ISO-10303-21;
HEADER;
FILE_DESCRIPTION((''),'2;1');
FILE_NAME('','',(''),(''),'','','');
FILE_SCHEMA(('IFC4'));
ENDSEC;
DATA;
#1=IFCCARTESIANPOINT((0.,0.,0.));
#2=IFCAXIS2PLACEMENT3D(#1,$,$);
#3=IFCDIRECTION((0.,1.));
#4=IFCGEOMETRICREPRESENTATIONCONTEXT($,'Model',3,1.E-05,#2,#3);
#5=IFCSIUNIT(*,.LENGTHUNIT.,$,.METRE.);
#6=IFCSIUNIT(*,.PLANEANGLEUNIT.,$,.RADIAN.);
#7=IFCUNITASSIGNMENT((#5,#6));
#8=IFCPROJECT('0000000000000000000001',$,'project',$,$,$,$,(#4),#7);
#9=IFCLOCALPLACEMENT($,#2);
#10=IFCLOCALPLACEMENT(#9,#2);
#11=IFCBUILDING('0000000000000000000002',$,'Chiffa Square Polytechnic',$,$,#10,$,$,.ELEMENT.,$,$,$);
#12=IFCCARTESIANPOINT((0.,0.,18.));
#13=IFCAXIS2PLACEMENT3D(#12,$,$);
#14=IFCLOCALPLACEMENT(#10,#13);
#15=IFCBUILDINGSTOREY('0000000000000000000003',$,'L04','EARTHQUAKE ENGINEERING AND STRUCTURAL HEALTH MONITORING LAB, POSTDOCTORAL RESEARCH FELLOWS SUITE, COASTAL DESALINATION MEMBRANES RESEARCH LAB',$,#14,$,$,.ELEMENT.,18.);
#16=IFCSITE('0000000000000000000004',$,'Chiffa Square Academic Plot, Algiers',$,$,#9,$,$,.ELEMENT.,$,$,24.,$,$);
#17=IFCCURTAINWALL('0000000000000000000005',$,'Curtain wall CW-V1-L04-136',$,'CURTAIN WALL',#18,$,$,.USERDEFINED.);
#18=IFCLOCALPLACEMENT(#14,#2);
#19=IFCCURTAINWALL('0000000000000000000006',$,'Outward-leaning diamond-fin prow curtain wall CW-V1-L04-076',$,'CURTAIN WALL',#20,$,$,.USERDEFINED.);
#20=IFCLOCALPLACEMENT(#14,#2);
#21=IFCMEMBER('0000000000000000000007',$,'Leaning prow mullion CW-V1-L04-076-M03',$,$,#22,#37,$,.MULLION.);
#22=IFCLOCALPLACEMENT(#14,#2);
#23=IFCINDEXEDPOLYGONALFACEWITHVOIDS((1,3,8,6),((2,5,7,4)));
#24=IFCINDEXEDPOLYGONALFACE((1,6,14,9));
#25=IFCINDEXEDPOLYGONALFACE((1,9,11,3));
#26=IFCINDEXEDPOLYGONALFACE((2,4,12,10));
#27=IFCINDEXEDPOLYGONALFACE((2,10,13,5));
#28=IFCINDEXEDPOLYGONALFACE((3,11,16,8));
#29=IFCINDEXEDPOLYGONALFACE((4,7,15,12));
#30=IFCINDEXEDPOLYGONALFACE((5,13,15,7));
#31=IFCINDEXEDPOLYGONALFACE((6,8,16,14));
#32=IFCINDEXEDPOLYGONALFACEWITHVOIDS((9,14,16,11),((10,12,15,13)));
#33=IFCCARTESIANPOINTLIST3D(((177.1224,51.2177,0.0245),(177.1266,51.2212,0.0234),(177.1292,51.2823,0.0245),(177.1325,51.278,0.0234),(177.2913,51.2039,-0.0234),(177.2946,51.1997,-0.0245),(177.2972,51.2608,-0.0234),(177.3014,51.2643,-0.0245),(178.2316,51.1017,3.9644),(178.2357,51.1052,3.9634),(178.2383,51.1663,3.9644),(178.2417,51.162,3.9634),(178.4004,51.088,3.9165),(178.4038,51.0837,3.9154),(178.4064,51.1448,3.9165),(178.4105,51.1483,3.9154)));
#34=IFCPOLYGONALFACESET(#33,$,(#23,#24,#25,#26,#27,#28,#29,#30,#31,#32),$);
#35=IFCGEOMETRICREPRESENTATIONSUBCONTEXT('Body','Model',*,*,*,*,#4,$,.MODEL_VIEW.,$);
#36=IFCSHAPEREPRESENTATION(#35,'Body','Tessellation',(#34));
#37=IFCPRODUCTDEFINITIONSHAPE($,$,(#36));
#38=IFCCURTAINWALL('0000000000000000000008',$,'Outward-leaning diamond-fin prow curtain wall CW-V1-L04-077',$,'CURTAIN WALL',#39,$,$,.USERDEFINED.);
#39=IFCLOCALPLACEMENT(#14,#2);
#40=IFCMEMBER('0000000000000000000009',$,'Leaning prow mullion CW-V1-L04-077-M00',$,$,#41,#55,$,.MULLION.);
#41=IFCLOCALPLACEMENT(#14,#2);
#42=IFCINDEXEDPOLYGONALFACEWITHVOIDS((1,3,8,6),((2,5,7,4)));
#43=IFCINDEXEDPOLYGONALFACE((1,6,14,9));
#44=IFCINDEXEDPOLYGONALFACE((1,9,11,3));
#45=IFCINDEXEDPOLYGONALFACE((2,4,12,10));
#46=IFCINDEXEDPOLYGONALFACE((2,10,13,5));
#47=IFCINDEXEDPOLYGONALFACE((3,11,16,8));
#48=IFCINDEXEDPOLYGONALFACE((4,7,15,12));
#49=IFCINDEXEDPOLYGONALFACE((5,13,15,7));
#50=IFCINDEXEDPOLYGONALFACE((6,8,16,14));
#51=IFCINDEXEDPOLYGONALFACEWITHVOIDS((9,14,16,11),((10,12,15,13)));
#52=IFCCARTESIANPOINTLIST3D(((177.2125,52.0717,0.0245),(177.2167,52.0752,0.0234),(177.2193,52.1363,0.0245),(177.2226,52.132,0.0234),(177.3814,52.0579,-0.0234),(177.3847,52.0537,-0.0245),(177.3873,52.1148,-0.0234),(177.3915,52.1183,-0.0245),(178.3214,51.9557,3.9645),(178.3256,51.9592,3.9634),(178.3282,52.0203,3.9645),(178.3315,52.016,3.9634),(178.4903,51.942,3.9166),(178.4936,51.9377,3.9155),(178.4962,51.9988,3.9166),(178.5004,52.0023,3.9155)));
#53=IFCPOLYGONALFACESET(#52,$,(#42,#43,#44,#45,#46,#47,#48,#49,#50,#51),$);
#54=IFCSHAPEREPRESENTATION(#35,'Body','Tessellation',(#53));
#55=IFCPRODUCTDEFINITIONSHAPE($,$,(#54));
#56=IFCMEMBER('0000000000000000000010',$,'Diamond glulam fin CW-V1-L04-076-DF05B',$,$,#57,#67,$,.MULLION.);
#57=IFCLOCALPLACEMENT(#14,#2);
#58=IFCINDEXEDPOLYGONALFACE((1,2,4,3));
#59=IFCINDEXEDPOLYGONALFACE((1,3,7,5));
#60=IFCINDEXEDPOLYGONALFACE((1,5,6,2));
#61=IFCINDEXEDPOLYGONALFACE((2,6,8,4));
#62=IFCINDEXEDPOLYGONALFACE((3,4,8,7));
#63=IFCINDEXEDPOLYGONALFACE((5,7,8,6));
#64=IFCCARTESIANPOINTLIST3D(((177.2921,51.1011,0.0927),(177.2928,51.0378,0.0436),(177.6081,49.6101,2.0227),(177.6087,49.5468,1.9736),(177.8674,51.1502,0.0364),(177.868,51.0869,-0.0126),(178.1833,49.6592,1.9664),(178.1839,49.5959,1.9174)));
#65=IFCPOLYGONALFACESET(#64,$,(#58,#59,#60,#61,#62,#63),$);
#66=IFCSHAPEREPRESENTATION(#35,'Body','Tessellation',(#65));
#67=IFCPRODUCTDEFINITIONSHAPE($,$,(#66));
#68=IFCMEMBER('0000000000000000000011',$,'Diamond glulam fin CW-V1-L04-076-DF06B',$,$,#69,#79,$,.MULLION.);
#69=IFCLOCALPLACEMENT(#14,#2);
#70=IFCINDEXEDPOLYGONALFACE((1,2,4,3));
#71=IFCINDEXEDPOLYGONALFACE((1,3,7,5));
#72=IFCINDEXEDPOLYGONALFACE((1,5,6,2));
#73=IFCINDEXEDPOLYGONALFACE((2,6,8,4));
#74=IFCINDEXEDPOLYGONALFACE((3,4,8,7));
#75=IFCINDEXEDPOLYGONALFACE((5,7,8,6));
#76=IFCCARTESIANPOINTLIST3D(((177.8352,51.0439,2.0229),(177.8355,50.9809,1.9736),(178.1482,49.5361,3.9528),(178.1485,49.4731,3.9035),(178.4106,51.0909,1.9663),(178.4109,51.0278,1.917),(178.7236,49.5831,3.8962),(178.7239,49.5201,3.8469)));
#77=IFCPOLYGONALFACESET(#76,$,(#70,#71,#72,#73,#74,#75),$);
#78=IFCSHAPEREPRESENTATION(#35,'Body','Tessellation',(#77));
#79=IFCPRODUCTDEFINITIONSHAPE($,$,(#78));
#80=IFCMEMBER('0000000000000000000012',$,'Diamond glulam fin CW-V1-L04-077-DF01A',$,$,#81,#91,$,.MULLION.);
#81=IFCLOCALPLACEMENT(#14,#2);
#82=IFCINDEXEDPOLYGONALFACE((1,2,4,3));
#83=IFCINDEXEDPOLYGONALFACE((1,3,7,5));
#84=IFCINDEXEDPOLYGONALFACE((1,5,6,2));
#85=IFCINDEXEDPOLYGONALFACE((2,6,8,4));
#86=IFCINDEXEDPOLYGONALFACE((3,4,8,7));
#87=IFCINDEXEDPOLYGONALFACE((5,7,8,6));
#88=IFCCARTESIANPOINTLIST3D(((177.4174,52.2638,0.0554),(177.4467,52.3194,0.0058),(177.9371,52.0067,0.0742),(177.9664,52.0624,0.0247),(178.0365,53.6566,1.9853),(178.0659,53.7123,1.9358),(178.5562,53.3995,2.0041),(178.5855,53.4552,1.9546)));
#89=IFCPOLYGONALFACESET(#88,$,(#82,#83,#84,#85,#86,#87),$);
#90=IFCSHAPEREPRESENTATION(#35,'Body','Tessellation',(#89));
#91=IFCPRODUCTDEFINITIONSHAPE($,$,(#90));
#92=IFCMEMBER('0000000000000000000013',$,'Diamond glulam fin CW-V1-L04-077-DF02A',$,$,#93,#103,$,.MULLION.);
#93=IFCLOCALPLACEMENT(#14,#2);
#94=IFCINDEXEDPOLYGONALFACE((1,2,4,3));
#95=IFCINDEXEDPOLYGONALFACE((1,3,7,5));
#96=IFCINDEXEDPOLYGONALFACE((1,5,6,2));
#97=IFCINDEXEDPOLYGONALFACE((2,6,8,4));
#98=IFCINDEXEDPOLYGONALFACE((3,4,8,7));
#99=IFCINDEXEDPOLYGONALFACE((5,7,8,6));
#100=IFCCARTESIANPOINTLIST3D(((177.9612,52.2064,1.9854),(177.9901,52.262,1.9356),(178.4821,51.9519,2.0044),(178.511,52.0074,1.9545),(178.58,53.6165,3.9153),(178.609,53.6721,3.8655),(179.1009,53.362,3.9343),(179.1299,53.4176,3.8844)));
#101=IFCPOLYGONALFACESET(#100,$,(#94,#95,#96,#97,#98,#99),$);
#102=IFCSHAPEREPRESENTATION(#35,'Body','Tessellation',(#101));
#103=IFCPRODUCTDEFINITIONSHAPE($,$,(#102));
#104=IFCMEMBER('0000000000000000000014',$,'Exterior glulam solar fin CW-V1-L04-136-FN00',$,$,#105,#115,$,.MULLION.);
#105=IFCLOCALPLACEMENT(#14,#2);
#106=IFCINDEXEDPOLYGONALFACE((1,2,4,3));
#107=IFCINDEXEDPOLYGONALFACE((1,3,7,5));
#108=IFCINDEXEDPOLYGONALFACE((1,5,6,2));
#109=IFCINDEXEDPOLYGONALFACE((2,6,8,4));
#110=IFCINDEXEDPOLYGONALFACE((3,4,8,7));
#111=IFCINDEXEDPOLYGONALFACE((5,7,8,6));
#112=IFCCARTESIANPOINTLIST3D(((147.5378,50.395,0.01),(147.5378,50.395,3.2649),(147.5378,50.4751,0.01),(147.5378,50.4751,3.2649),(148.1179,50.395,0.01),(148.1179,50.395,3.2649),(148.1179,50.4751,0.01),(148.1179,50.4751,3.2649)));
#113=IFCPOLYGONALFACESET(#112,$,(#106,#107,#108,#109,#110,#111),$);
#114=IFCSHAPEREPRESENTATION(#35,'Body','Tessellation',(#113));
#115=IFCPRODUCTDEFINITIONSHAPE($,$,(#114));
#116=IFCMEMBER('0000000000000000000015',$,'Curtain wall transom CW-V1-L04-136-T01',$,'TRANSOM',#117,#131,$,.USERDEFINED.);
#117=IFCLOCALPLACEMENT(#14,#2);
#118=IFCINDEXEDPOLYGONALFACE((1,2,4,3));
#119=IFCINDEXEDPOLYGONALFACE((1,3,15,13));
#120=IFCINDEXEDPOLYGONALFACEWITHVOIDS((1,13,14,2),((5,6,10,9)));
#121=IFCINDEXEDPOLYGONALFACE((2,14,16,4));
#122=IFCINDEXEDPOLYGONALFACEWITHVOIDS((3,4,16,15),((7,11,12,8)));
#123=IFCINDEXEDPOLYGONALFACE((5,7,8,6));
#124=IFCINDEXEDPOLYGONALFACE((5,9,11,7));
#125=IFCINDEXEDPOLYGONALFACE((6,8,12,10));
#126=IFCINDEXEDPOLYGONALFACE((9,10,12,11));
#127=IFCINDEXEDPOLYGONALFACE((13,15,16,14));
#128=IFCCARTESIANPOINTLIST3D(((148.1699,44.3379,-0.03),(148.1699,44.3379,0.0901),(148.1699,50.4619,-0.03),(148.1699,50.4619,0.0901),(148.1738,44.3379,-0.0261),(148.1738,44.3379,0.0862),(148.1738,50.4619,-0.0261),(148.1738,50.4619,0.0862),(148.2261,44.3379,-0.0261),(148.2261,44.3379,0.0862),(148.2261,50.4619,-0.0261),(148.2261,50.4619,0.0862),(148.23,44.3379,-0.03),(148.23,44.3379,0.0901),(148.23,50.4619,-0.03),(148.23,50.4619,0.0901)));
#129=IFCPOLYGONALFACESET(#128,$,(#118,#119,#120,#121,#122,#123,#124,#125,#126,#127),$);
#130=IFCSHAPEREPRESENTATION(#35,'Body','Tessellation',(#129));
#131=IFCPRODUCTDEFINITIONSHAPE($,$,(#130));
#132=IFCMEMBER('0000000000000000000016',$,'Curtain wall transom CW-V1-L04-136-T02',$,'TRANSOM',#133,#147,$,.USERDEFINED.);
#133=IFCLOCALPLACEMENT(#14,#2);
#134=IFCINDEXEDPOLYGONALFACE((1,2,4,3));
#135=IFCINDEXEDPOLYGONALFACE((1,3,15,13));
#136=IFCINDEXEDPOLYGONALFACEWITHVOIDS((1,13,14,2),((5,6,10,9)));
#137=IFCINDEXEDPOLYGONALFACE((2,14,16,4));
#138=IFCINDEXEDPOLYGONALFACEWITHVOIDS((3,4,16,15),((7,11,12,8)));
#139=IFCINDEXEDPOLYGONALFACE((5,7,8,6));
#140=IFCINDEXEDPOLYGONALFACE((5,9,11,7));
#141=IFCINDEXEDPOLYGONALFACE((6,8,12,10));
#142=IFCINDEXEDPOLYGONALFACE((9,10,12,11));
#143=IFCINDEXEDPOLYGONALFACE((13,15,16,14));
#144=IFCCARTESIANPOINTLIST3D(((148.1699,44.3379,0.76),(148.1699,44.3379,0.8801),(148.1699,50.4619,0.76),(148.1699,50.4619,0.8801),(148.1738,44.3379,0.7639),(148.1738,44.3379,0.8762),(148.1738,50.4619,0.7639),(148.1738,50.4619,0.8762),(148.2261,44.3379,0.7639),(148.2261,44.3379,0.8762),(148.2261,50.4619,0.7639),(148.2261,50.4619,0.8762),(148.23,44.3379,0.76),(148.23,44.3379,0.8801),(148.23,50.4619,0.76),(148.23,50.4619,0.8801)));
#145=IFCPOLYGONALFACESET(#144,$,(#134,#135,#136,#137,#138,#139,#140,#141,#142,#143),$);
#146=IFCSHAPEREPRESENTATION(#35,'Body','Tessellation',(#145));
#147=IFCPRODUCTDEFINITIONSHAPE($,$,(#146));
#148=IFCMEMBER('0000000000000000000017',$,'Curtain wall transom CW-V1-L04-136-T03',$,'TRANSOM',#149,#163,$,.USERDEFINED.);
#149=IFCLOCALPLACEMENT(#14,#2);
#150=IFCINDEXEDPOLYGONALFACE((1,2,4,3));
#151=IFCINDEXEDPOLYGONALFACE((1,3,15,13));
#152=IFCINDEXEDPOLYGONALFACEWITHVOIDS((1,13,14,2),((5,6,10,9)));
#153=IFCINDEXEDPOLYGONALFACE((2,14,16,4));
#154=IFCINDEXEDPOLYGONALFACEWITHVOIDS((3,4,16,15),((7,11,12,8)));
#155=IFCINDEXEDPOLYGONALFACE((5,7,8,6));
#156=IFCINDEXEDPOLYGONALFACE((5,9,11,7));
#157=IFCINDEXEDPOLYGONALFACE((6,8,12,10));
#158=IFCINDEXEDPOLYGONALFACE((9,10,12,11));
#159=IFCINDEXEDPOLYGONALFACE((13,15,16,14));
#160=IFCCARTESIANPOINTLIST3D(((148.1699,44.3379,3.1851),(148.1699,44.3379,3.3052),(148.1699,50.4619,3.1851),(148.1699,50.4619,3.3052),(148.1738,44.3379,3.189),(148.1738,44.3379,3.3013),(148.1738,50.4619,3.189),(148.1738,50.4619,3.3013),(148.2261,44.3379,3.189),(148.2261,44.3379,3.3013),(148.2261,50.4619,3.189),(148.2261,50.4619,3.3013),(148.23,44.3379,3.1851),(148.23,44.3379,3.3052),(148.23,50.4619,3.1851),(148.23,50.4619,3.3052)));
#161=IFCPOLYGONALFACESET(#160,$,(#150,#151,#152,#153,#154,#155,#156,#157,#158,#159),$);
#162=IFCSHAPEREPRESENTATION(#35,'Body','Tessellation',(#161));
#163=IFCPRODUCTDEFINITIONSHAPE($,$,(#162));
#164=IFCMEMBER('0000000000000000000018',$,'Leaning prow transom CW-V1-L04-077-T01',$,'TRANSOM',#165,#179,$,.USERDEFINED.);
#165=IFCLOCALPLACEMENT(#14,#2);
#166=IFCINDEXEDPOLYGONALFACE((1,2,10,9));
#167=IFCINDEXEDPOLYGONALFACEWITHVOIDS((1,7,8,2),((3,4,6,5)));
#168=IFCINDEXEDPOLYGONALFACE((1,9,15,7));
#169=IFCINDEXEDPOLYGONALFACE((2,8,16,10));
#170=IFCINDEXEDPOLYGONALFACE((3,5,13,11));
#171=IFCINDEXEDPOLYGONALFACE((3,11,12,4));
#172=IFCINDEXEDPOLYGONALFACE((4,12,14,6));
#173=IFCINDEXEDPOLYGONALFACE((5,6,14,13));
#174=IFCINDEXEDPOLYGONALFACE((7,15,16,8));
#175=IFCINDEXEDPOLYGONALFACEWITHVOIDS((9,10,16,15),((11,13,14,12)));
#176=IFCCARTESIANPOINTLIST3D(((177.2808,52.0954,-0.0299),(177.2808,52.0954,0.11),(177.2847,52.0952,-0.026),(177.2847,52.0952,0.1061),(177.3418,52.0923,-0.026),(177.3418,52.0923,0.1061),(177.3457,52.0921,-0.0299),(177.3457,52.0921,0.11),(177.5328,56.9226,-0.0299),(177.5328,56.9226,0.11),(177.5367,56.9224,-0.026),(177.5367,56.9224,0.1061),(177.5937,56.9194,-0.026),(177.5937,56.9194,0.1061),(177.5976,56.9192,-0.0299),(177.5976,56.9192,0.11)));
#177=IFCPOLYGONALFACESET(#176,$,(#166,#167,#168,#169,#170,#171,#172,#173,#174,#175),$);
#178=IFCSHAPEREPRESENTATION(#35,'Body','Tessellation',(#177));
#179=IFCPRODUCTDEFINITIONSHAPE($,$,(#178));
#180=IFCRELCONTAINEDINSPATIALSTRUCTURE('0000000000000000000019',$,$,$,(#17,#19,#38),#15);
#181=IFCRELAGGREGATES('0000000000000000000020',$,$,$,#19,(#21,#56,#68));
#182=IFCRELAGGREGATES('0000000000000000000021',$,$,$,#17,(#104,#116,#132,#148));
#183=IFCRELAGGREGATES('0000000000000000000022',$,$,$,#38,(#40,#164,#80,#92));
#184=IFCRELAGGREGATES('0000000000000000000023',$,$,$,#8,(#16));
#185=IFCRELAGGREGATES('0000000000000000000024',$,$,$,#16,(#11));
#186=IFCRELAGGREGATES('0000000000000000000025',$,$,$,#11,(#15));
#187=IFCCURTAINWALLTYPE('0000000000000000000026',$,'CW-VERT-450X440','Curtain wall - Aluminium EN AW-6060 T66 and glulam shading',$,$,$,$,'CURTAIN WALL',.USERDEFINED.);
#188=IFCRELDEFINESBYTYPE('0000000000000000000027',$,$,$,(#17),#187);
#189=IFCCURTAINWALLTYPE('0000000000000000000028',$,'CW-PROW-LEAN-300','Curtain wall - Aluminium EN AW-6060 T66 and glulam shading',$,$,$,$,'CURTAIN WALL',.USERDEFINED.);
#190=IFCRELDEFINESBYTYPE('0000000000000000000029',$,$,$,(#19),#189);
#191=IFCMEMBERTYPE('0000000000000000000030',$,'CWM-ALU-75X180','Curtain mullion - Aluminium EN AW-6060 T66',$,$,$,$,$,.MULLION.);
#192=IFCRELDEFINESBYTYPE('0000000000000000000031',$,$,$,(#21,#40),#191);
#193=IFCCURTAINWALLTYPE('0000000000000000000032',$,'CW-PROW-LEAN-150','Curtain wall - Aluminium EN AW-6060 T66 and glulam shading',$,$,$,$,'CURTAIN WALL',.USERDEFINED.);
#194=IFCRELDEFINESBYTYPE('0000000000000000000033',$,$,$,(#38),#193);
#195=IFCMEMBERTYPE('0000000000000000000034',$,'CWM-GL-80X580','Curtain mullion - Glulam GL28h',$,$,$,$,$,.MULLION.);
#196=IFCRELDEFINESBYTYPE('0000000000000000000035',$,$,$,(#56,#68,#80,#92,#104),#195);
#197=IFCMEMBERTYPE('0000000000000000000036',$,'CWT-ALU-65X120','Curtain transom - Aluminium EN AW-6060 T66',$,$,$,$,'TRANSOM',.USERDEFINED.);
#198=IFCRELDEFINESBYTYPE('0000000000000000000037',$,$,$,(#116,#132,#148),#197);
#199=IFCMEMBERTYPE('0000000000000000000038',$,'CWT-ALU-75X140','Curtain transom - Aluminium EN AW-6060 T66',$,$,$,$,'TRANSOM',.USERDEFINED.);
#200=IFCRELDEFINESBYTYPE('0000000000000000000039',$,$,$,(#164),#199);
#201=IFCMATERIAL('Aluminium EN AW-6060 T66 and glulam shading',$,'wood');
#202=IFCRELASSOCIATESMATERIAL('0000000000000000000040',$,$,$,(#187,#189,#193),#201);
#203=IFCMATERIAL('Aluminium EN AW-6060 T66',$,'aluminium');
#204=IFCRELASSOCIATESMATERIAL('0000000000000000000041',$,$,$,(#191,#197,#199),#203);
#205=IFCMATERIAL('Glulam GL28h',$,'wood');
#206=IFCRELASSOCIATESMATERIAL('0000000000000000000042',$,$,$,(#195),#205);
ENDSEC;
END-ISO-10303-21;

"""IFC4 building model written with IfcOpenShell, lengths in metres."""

from ifc_helpers import new_model, si_unit, direction, frame, origin, origin_2d, place, context, subcontext, project, spatial, rectangle, hollow_rectangle, extrude, material, material_profile, profile_set, type_object, element, aggregate, save


model = new_model("IFC4")

# Units and contexts
model_context = context("Model", 3, precision=1e-05, world=origin(), true_north=direction((0.0, 1.0)))
body_context = subcontext(model_context, "Body", "Model", "MODEL_VIEW")
ifc_project = project(units=[si_unit("LENGTHUNIT", "METRE"), si_unit("PLANEANGLEUNIT", "RADIAN")], contexts=[model_context])

# Site, building, storey
site_placement = place(None, origin())
site = spatial("IfcSite", under=ifc_project, at=site_placement, Name="Chiffa Square Academic Plot, Algiers", CompositionType="ELEMENT", RefElevation=24.0)
building_placement = place(site_placement, origin())
building = spatial("IfcBuilding", under=site, at=building_placement, Name="Chiffa Square Polytechnic", CompositionType="ELEMENT")
storey_placement = place(building_placement, frame((0.0, 0.0, 18.0)))
storey = spatial("IfcBuildingStorey", under=building, at=storey_placement, Name="L04", Description="EARTHQUAKE ENGINEERING AND STRUCTURAL HEALTH MONITORING LAB, POSTDOCTORAL RESEARCH FELLOWS SUITE, COASTAL DESALINATION MEMBRANES RESEARCH LAB", CompositionType="ELEMENT", Elevation=18.0)

# Curtain walls, members
ifc_material_1 = material(Name="Aluminium EN AW-6060 T66 and glulam shading", Category="wood")
curtain_wall_type_1 = type_object("IfcCurtainWallType", Name="CW-VERT-450X440", Description="Curtain wall - Aluminium EN AW-6060 T66 and glulam shading", ElementType="CURTAIN WALL", PredefinedType="USERDEFINED", material=ifc_material_1)
curtain_wall_1_placement = place(storey_placement, origin())
curtain_wall_1 = element("IfcCurtainWall", 1, at=curtain_wall_1_placement, inside=storey, type_object=curtain_wall_type_1, Name="Curtain wall CW-V1-L04-136", ObjectType="CURTAIN WALL", PredefinedType="USERDEFINED")
ifc_material_2 = material(Name="Aluminium EN AW-6060 T66", Category="aluminium")
curtain_wall_type_2 = type_object("IfcCurtainWallType", Name="CW-PROW-LEAN-300", Description="Curtain wall - Aluminium EN AW-6060 T66 and glulam shading", ElementType="CURTAIN WALL", PredefinedType="USERDEFINED", material=ifc_material_1)
curtain_wall_2_placement = place(storey_placement, origin())
curtain_wall_2 = element("IfcCurtainWall", 2, at=curtain_wall_2_placement, inside=storey, type_object=curtain_wall_type_2, Name="Outward-leaning diamond-fin prow curtain wall CW-V1-L04-076", ObjectType="CURTAIN WALL", PredefinedType="USERDEFINED")
ifc_material_profile_1 = material_profile(ifc_material_2, hollow_rectangle(XDim=0.0649, YDim=0.1799, WallThickness=0.0039, at=origin_2d()), Name="ALU 65x180x4")
ifc_profile_set_1 = profile_set([ifc_material_profile_1], Name="Aluminium EN AW-6060 T66")
member_type_1 = type_object("IfcMemberType", Name="CWM-ALU-75X180", Description="Curtain mullion - Aluminium EN AW-6060 T66", PredefinedType="MULLION", material=ifc_profile_set_1)
member_1_placement = place(storey_placement, frame((177.2119, 51.241, 0.0), z_axis=(0.270868, -0.028321, 0.9622), x_axis=(0.10399, 0.994578, 0.0)))
member_1 = element("IfcMember", 3, at=member_1_placement, type_object=member_type_1, Name="Leaning prow mullion CW-V1-L04-076-M03", PredefinedType="MULLION", context=body_context, shape_type="SweptSolid", body=[
    extrude(hollow_rectangle(XDim=0.0649, YDim=0.1799, WallThickness=0.0039, at=origin_2d()), origin(), (0.0, 0.0, 1.0), 4.0947),
])
curtain_wall_type_3 = type_object("IfcCurtainWallType", Name="CW-PROW-LEAN-150", Description="Curtain wall - Aluminium EN AW-6060 T66 and glulam shading", ElementType="CURTAIN WALL", PredefinedType="USERDEFINED", material=ifc_material_1)
curtain_wall_3_placement = place(storey_placement, origin())
curtain_wall_3 = element("IfcCurtainWall", 4, at=curtain_wall_3_placement, inside=storey, type_object=curtain_wall_type_3, Name="Outward-leaning diamond-fin prow curtain wall CW-V1-L04-077", ObjectType="CURTAIN WALL", PredefinedType="USERDEFINED")
member_2_placement = place(storey_placement, frame((177.302, 52.095, 0.0), z_axis=(0.270813, -0.028321, 0.962215), x_axis=(0.104012, 0.994576, 0.0)))
member_2 = element("IfcMember", 5, at=member_2_placement, type_object=member_type_1, Name="Leaning prow mullion CW-V1-L04-077-M00", PredefinedType="MULLION", context=body_context, shape_type="SweptSolid", body=[
    extrude(hollow_rectangle(XDim=0.0649, YDim=0.1799, WallThickness=0.0039, at=origin_2d()), origin(), (0.0, 0.0, 1.0), 4.0947),
])

# Members
ifc_material_3 = material(Name="Glulam GL28h", Category="wood")
ifc_material_profile_2 = material_profile(ifc_material_3, rectangle(XDim=0.0801, YDim=0.5801, at=origin_2d()), Name="GL28h 80x580")
ifc_profile_set_2 = profile_set([ifc_material_profile_2], Name="Glulam GL28h")
member_type_2 = type_object("IfcMemberType", Name="CWM-GL-80X580", Description="Curtain mullion - Glulam GL28h", PredefinedType="MULLION", material=ifc_profile_set_2)
member_3_placement = place(storey_placement, frame((177.5801, 51.094, 0.04), z_axis=(0.128466, -0.606293, 0.784796), x_axis=(-0.007638, 0.790725, 0.612124)))
member_3 = element("IfcMember", 6, at=member_3_placement, type_object=member_type_2, Name="Diamond glulam fin CW-V1-L04-076-DF05B", PredefinedType="MULLION", context=body_context, shape_type="SweptSolid", body=[
    extrude(rectangle(XDim=0.0801, YDim=0.5801, at=origin_2d()), origin(), (0.0, 0.0, 1.0), 2.4592),
])
member_4_placement = place(storey_placement, frame((178.123, 51.0359, 1.97), z_axis=(0.126766, -0.610691, 0.781657), x_axis=(-0.003743, 0.787714, 0.61603)))
member_4 = element("IfcMember", 7, at=member_4_placement, type_object=member_type_2, Name="Diamond glulam fin CW-V1-L04-076-DF06B", PredefinedType="MULLION", context=body_context, shape_type="SweptSolid", body=[
    extrude(rectangle(XDim=0.0801, YDim=0.5801, at=origin_2d()), origin(), (0.0, 0.0, 1.0), 2.469),
])
aggregate(curtain_wall_2, [member_1, member_3, member_4])
member_5_placement = place(storey_placement, frame((177.6919, 52.1631, 0.04), z_axis=(0.25176, 0.56636, 0.784763), x_axis=(-0.366156, -0.694864, 0.618946)))
member_5 = element("IfcMember", 8, at=member_5_placement, type_object=member_type_2, Name="Diamond glulam fin CW-V1-L04-077-DF01A", PredefinedType="MULLION", context=body_context, shape_type="SweptSolid", body=[
    extrude(rectangle(XDim=0.0801, YDim=0.5801, at=origin_2d()), origin(), (0.0, 0.0, 1.0), 2.4592),
])
member_6_placement = place(storey_placement, frame((178.2361, 52.1069, 1.97), z_axis=(0.250662, 0.571133, 0.781649), x_axis=(-0.361625, -0.693735, 0.622863)))
member_6 = element("IfcMember", 9, at=member_6_placement, type_object=member_type_2, Name="Diamond glulam fin CW-V1-L04-077-DF02A", PredefinedType="MULLION", context=body_context, shape_type="SweptSolid", body=[
    extrude(rectangle(XDim=0.0801, YDim=0.5801, at=origin_2d()), origin(), (0.0, 0.0, 1.0), 2.469),
])
member_7_placement = place(storey_placement, frame((147.8279, 50.4351, 0.01), z_axis=(0.0, 0.0, 1.0), x_axis=(0.0, -1.0, 0.0)))
member_7 = element("IfcMember", 10, at=member_7_placement, type_object=member_type_2, Name="Exterior glulam solar fin CW-V1-L04-136-FN00", PredefinedType="MULLION", context=body_context, shape_type="SweptSolid", body=[
    extrude(rectangle(XDim=0.0801, YDim=0.5801, at=origin_2d()), origin(), (0.0, 0.0, 1.0), 3.2549),
])
ifc_material_profile_3 = material_profile(ifc_material_2, hollow_rectangle(XDim=0.0601, YDim=0.1201, WallThickness=0.0039, at=origin_2d()), Name="ALU 60x120x4")
ifc_profile_set_3 = profile_set([ifc_material_profile_3], Name="Aluminium EN AW-6060 T66")
member_type_3 = type_object("IfcMemberType", Name="CWT-ALU-65X120", Description="Curtain transom - Aluminium EN AW-6060 T66", ElementType="TRANSOM", PredefinedType="USERDEFINED", material=ifc_profile_set_3)
member_8_placement = place(storey_placement, frame((148.2, 50.4619, 0.03), z_axis=(0.0, -1.0, 0.0), x_axis=(1.0, 0.0, 0.0)))
member_8 = element("IfcMember", 11, at=member_8_placement, type_object=member_type_3, Name="Curtain wall transom CW-V1-L04-136-T01", ObjectType="TRANSOM", PredefinedType="USERDEFINED", context=body_context, shape_type="SweptSolid", body=[
    extrude(hollow_rectangle(XDim=0.0601, YDim=0.1201, WallThickness=0.0039, at=origin_2d()), origin(), (0.0, 0.0, 1.0), 6.124),
])
member_9_placement = place(storey_placement, frame((148.2, 50.4619, 0.8201), z_axis=(0.0, -1.0, 0.0), x_axis=(1.0, 0.0, 0.0)))
member_9 = element("IfcMember", 12, at=member_9_placement, type_object=member_type_3, Name="Curtain wall transom CW-V1-L04-136-T02", ObjectType="TRANSOM", PredefinedType="USERDEFINED", context=body_context, shape_type="SweptSolid", body=[
    extrude(hollow_rectangle(XDim=0.0601, YDim=0.1201, WallThickness=0.0039, at=origin_2d()), origin(), (0.0, 0.0, 1.0), 6.124),
])
member_10_placement = place(storey_placement, frame((148.2, 50.4619, 3.2451), z_axis=(0.0, -1.0, 0.0), x_axis=(1.0, 0.0, 0.0)))
member_10 = element("IfcMember", 13, at=member_10_placement, type_object=member_type_3, Name="Curtain wall transom CW-V1-L04-136-T03", ObjectType="TRANSOM", PredefinedType="USERDEFINED", context=body_context, shape_type="SweptSolid", body=[
    extrude(hollow_rectangle(XDim=0.0601, YDim=0.1201, WallThickness=0.0039, at=origin_2d()), origin(), (0.0, 0.0, 1.0), 6.124),
])
ifc_material_profile_4 = material_profile(ifc_material_2, hollow_rectangle(XDim=0.0649, YDim=0.1399, WallThickness=0.0039, at=origin_2d()), Name="ALU 65x140x4")
ifc_profile_set_4 = profile_set([ifc_material_profile_4], Name="Aluminium EN AW-6060 T66")
member_type_4 = type_object("IfcMemberType", Name="CWT-ALU-75X140", Description="Curtain transom - Aluminium EN AW-6060 T66", ElementType="TRANSOM", PredefinedType="USERDEFINED", material=ifc_profile_set_4)
member_11_placement = place(storey_placement, frame((177.3132, 52.0938, 0.04), z_axis=(0.052124, 0.998641, 0.0), x_axis=(-0.998641, 0.052124, 0.0)))
member_11 = element("IfcMember", 14, at=member_11_placement, type_object=member_type_4, Name="Leaning prow transom CW-V1-L04-077-T01", ObjectType="TRANSOM", PredefinedType="USERDEFINED", context=body_context, shape_type="SweptSolid", body=[
    extrude(hollow_rectangle(XDim=0.0649, YDim=0.1399, WallThickness=0.0039, at=origin_2d()), origin(), (0.0, 0.0, 1.0), 4.8337),
])
aggregate(curtain_wall_1, [member_7, member_8, member_9, member_10])

aggregate(curtain_wall_3, [member_2, member_11, member_5, member_6])

save(model, "model.ifc")
